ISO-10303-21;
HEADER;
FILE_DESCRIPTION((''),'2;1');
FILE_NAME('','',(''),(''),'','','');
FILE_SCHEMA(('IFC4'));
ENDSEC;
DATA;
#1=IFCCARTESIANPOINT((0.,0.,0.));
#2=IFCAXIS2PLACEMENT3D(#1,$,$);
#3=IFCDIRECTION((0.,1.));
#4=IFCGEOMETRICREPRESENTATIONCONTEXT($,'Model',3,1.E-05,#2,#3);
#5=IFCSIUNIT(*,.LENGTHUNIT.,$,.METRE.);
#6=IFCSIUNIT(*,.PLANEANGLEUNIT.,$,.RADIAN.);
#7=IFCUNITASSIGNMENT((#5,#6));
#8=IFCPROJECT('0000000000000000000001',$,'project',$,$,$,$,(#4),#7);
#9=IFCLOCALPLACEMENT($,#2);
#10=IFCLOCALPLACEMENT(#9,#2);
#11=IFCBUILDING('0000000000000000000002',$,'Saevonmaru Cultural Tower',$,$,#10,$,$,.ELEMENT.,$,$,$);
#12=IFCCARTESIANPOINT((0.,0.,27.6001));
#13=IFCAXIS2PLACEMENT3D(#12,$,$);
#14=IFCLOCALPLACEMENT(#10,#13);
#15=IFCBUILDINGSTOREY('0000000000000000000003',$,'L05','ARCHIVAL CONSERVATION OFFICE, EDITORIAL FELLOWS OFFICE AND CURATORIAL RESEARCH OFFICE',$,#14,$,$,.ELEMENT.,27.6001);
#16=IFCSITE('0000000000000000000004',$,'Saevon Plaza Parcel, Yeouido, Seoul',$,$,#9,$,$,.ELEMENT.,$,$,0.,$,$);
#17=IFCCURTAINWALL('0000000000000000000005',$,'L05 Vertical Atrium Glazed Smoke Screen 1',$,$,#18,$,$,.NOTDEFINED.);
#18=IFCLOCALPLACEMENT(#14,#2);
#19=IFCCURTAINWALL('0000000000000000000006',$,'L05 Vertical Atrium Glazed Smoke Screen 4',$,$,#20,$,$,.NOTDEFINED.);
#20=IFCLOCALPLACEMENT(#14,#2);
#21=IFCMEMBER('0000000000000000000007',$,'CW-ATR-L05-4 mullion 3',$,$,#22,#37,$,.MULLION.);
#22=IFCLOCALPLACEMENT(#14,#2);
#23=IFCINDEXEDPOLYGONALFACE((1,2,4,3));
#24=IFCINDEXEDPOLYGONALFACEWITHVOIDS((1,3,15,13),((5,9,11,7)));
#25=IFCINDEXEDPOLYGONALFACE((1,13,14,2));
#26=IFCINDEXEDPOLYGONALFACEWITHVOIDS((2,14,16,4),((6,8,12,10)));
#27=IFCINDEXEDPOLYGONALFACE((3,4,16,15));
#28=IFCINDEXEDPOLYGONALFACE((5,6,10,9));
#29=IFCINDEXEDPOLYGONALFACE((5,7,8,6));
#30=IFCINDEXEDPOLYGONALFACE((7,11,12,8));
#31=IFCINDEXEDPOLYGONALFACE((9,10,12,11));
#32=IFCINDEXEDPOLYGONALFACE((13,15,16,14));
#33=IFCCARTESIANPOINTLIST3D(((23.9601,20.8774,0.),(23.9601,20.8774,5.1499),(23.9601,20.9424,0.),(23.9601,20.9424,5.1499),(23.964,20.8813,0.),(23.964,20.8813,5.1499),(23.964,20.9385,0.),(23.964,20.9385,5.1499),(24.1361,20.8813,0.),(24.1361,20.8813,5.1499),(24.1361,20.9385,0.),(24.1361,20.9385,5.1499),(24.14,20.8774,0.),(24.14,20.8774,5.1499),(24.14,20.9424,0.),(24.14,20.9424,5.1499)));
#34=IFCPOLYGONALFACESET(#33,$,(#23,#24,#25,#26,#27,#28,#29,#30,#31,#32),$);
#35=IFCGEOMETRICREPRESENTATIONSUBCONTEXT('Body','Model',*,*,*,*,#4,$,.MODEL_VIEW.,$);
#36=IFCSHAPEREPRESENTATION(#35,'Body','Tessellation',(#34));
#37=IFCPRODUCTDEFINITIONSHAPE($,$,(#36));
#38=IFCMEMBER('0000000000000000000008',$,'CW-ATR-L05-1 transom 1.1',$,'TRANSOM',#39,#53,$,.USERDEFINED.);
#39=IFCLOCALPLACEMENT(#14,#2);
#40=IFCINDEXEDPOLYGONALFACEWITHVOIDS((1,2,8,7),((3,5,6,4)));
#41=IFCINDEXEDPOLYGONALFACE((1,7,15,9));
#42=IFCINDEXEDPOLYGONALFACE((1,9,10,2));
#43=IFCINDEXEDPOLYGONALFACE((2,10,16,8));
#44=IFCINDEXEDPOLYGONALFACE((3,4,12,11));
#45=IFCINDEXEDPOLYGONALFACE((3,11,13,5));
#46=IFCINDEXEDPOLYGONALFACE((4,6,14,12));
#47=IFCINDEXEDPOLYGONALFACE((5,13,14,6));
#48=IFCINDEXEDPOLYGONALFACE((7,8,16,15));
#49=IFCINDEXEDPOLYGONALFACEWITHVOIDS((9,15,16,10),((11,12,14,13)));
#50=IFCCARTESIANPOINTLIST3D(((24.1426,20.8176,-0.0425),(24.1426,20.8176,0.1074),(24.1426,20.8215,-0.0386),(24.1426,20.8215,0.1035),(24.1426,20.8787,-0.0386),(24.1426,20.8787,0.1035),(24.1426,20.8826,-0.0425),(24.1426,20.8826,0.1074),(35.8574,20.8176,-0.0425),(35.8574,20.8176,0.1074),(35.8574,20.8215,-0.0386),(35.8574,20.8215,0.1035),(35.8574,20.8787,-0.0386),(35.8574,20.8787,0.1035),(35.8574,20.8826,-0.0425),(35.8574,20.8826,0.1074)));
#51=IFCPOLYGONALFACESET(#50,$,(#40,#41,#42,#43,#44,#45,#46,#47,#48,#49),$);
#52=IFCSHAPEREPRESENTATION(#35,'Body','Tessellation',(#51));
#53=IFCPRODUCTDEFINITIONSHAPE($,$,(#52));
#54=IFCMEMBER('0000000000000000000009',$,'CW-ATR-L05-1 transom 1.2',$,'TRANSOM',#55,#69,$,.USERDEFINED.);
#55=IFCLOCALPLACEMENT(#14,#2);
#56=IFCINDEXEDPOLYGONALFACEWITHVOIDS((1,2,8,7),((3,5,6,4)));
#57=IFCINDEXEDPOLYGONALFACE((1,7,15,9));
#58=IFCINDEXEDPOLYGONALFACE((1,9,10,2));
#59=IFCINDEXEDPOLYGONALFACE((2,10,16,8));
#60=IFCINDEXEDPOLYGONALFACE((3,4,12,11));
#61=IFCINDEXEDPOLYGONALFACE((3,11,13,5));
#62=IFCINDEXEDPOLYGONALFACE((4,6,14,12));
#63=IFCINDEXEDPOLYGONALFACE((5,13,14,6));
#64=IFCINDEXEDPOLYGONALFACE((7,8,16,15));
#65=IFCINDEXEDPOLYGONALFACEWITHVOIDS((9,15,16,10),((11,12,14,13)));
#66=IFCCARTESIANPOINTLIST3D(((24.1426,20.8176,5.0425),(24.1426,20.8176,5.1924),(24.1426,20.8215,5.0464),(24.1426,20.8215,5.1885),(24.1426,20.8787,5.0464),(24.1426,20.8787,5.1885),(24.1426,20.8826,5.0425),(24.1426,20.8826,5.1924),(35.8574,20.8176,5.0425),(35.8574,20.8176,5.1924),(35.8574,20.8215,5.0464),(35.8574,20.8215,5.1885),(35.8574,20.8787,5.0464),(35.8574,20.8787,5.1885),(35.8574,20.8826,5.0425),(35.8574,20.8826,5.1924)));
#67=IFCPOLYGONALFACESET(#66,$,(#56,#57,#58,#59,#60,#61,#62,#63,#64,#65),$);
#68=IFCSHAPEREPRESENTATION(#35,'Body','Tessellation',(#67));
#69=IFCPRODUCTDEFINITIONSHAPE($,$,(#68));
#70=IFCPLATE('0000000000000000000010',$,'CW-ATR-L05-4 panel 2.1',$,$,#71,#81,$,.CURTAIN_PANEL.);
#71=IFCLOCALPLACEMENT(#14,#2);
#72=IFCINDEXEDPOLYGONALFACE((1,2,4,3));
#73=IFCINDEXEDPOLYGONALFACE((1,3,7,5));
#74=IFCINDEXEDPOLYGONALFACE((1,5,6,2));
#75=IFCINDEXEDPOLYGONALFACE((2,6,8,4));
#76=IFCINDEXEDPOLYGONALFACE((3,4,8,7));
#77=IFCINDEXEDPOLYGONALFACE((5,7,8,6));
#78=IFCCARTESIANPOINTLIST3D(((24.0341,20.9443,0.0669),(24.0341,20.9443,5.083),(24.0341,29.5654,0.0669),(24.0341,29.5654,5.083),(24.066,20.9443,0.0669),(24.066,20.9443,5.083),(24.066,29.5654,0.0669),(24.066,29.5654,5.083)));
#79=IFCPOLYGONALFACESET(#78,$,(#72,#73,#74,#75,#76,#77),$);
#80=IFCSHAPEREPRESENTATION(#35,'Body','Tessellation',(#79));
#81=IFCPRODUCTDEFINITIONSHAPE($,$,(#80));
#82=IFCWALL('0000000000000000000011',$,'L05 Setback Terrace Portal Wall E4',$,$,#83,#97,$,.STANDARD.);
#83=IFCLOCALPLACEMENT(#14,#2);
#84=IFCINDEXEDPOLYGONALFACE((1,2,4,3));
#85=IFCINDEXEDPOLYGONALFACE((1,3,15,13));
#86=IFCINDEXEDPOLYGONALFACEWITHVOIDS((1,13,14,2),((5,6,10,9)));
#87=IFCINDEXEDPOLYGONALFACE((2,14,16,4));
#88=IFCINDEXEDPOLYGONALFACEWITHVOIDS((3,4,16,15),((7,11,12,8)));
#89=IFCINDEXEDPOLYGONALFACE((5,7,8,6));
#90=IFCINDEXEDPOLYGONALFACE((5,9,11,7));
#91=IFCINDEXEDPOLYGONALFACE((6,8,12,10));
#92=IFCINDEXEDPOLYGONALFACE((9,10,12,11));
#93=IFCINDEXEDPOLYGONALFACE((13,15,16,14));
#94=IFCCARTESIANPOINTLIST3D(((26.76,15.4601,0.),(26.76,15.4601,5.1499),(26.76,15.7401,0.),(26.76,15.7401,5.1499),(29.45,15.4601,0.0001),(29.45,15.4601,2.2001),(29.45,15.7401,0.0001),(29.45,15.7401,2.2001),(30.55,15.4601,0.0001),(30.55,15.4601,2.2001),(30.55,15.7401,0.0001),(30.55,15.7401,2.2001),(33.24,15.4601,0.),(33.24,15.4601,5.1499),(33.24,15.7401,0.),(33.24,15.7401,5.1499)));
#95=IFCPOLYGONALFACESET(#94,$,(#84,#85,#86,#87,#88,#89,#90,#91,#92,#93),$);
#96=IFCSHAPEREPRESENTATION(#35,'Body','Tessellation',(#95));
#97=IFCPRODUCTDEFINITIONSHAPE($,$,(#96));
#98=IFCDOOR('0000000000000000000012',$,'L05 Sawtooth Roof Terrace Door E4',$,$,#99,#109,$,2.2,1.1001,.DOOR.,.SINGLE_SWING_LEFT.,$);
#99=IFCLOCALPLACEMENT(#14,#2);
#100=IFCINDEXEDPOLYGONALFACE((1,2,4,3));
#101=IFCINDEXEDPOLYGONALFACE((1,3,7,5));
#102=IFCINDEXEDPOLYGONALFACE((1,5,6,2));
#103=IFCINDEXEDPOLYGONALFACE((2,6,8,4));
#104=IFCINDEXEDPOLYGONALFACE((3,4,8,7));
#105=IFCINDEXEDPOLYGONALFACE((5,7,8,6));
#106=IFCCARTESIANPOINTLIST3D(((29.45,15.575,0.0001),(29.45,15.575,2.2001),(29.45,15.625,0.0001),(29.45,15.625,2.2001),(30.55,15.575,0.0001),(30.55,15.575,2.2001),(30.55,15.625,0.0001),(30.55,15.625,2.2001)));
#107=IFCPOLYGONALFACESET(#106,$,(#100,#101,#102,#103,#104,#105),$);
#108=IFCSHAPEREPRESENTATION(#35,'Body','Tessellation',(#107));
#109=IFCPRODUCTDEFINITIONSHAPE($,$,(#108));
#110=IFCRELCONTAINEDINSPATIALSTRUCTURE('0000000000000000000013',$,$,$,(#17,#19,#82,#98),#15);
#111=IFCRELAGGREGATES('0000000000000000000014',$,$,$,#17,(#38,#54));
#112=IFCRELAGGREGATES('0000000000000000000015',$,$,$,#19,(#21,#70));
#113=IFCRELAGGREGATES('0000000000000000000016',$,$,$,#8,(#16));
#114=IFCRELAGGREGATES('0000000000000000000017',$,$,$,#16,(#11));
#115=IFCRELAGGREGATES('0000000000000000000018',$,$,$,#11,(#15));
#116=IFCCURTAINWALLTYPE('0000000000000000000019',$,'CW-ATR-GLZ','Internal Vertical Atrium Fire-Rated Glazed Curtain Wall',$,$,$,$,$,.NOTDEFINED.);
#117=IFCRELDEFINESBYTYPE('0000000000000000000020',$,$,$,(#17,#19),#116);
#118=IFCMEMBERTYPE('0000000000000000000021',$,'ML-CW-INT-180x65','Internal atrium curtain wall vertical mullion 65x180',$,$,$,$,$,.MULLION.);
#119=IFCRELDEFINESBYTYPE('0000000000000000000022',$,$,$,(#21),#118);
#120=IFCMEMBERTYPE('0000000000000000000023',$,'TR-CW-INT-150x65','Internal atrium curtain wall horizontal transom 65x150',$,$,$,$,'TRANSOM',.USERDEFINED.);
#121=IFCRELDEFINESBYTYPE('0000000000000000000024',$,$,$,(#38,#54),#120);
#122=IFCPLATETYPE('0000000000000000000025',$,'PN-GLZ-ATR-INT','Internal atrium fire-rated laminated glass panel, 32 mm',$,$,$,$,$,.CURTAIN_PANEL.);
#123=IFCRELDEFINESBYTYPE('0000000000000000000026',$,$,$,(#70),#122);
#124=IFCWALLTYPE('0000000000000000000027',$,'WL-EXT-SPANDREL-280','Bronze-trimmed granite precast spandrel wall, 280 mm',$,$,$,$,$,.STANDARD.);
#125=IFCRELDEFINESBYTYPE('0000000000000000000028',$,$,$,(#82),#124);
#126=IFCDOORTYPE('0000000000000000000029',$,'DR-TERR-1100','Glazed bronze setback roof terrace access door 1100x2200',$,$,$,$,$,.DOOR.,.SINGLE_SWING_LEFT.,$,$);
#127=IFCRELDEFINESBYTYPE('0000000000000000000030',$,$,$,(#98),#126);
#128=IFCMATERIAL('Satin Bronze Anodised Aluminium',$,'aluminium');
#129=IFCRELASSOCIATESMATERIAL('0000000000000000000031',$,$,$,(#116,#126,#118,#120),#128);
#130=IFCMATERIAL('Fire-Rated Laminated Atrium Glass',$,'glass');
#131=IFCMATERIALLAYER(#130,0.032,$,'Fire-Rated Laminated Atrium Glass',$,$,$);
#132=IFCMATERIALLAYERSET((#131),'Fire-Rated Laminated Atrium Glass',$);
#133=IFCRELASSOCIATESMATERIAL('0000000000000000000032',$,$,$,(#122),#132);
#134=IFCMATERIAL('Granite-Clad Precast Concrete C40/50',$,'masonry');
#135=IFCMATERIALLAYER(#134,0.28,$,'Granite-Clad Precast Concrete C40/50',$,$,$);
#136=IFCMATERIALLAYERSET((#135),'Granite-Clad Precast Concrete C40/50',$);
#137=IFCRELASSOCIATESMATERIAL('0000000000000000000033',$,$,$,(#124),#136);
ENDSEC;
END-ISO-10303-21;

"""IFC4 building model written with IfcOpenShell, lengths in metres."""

from ifc_helpers import new_model, si_unit, direction, frame, frame_2d, origin, origin_2d, place, context, subcontext, project, spatial, rectangle, hollow_rectangle, extrude, material, layer, layer_set, material_profile, profile_set, type_object, element, fill, aggregate, save


model = new_model("IFC4")

# Units and contexts
model_context = context("Model", 3, precision=1e-05, world=origin(), true_north=direction((0.0, 1.0)))
body_context = subcontext(model_context, "Body", "Model", "MODEL_VIEW")
ifc_project = project(units=[si_unit("LENGTHUNIT", "METRE"), si_unit("PLANEANGLEUNIT", "RADIAN")], contexts=[model_context])

# Site, building, storey
site_placement = place(None, origin())
site = spatial("IfcSite", under=ifc_project, at=site_placement, Name="Saevon Plaza Parcel, Yeouido, Seoul", CompositionType="ELEMENT", RefElevation=0.0)
building_placement = place(site_placement, origin())
building = spatial("IfcBuilding", under=site, at=building_placement, Name="Saevonmaru Cultural Tower", CompositionType="ELEMENT")
storey_placement = place(building_placement, frame((0.0, 0.0, 27.6001)))
storey = spatial("IfcBuildingStorey", under=building, at=storey_placement, Name="L05", Description="ARCHIVAL CONSERVATION OFFICE, EDITORIAL FELLOWS OFFICE AND CURATORIAL RESEARCH OFFICE", CompositionType="ELEMENT", Elevation=27.6001)

# Curtain walls, member
ifc_material_1 = material(Name="Satin Bronze Anodised Aluminium", Category="aluminium")
curtain_wall_type = type_object("IfcCurtainWallType", Name="CW-ATR-GLZ", Description="Internal Vertical Atrium Fire-Rated Glazed Curtain Wall", PredefinedType="NOTDEFINED", material=ifc_material_1)
curtain_wall_1_placement = place(storey_placement, origin())
curtain_wall_1 = element("IfcCurtainWall", 1, at=curtain_wall_1_placement, inside=storey, type_object=curtain_wall_type, Name="L05 Vertical Atrium Glazed Smoke Screen 1", PredefinedType="NOTDEFINED")
ifc_material_profile_1 = material_profile(ifc_material_1, hollow_rectangle(XDim=0.0649, YDim=0.1799, WallThickness=0.0039, at=origin_2d()), Name="ALU-MULL-180x65x4")
ifc_profile_set_1 = profile_set([ifc_material_profile_1], Name="Satin Bronze Anodised Aluminium")
member_type_1 = type_object("IfcMemberType", Name="ML-CW-INT-180x65", Description="Internal atrium curtain wall vertical mullion 65x180", PredefinedType="MULLION", material=ifc_profile_set_1)
curtain_wall_2_placement = place(storey_placement, origin())
curtain_wall_2 = element("IfcCurtainWall", 2, at=curtain_wall_2_placement, inside=storey, type_object=curtain_wall_type, Name="L05 Vertical Atrium Glazed Smoke Screen 4", PredefinedType="NOTDEFINED")
member_1_placement = place(storey_placement, frame((24.05, 20.9099, 0.0), z_axis=(0.0, 0.0, 1.0), x_axis=(0.0, -1.0, 0.0)))
member_1 = element("IfcMember", 3, at=member_1_placement, type_object=member_type_1, Name="CW-ATR-L05-4 mullion 3", PredefinedType="MULLION", context=body_context, shape_type="SweptSolid", body=[
    extrude(hollow_rectangle(XDim=0.0649, YDim=0.1799, WallThickness=0.0039, at=origin_2d()), origin(), (0.0, 0.0, 1.0), 5.1499),
])

# Members
ifc_material_profile_2 = material_profile(ifc_material_1, hollow_rectangle(XDim=0.0649, YDim=0.1499, WallThickness=0.0039, at=origin_2d()), Name="ALU-TRAN-150x65x4")
ifc_profile_set_2 = profile_set([ifc_material_profile_2], Name="Satin Bronze Anodised Aluminium")
member_type_2 = type_object("IfcMemberType", Name="TR-CW-INT-150x65", Description="Internal atrium curtain wall horizontal transom 65x150", ElementType="TRANSOM", PredefinedType="USERDEFINED", material=ifc_profile_set_2)
member_2_placement = place(storey_placement, frame((24.1426, 20.8501, 0.0325), z_axis=(1.0, 0.0, 0.0), x_axis=(0.0, 1.0, 0.0)))
member_2 = element("IfcMember", 4, at=member_2_placement, type_object=member_type_2, Name="CW-ATR-L05-1 transom 1.1", ObjectType="TRANSOM", PredefinedType="USERDEFINED", context=body_context, shape_type="SweptSolid", body=[
    extrude(hollow_rectangle(XDim=0.0649, YDim=0.1499, WallThickness=0.0039, at=origin_2d()), origin(), (0.0, 0.0, 1.0), 11.7148),
])
member_3_placement = place(storey_placement, frame((24.1426, 20.8501, 5.1174), z_axis=(1.0, 0.0, 0.0), x_axis=(0.0, 1.0, 0.0)))
member_3 = element("IfcMember", 5, at=member_3_placement, type_object=member_type_2, Name="CW-ATR-L05-1 transom 1.2", ObjectType="TRANSOM", PredefinedType="USERDEFINED", context=body_context, shape_type="SweptSolid", body=[
    extrude(hollow_rectangle(XDim=0.0649, YDim=0.1499, WallThickness=0.0039, at=origin_2d()), origin(), (0.0, 0.0, 1.0), 11.7148),
])
aggregate(curtain_wall_1, [member_2, member_3])

# Plate
ifc_material_2 = material(Name="Fire-Rated Laminated Atrium Glass", Category="glass")
ifc_layer_1 = layer(ifc_material_2, 0.032, Name="Fire-Rated Laminated Atrium Glass")
ifc_layer_set_1 = layer_set([ifc_layer_1], Name="Fire-Rated Laminated Atrium Glass")
plate_type = type_object("IfcPlateType", Name="PN-GLZ-ATR-INT", Description="Internal atrium fire-rated laminated glass panel, 32 mm", PredefinedType="CURTAIN_PANEL", material=ifc_layer_set_1)
plate_placement = place(storey_placement, frame((24.05, 25.2549, 0.0669), z_axis=(0.0, 0.0, 1.0), x_axis=(0.0, -1.0, 0.0)))
plate = element("IfcPlate", 6, at=plate_placement, type_object=plate_type, Name="CW-ATR-L05-4 panel 2.1", PredefinedType="CURTAIN_PANEL", context=body_context, shape_type="SweptSolid", body=[
    extrude(rectangle(XDim=8.6211, YDim=0.032, at=origin_2d()), origin(), (0.0, 0.0, 1.0), 5.0161),
])
aggregate(curtain_wall_2, [member_1, plate])

# Wall, opening, door
ifc_material_3 = material(Name="Granite-Clad Precast Concrete C40/50", Category="masonry")
ifc_layer_2 = layer(ifc_material_3, 0.28, Name="Granite-Clad Precast Concrete C40/50")
ifc_layer_set_2 = layer_set([ifc_layer_2], Name="Granite-Clad Precast Concrete C40/50")
wall_type = type_object("IfcWallType", Name="WL-EXT-SPANDREL-280", Description="Bronze-trimmed granite precast spandrel wall, 280 mm", PredefinedType="STANDARD", material=ifc_layer_set_2)
wall_placement = place(storey_placement, frame((26.76, 15.6001, 0.0), z_axis=(0.0, 0.0, 1.0), x_axis=(1.0, 0.0, 0.0)))
wall = element("IfcWall", 7, at=wall_placement, inside=storey, type_object=wall_type, Name="L05 Setback Terrace Portal Wall E4", PredefinedType="STANDARD", context=body_context, shape_type="SweptSolid", body=[
    extrude(rectangle(XDim=6.48, YDim=0.28, at=frame_2d((3.24, 0.0))), origin(), (0.0, 0.0, 1.0), 5.1499),
])
opening_placement = place(wall_placement, frame((2.6899, 0.0, 0.0)))
opening = element("IfcOpeningElement", 8, at=opening_placement, cuts=wall, PredefinedType="OPENING", context=body_context, shape_type="SweptSolid", body=[
    extrude(rectangle(XDim=1.1001, YDim=2.2, at=frame_2d((0.55, 1.1001))), frame((0.0, 0.1499, 0.0), z_axis=(0.0, -1.0, 0.0), x_axis=(1.0, 0.0, 0.0)), (0.0, 0.0, 1.0), 0.3),
])
door_type = type_object("IfcDoorType", Name="DR-TERR-1100", Description="Glazed bronze setback roof terrace access door 1100x2200", OperationType="SINGLE_SWING_LEFT", PredefinedType="DOOR", material=ifc_material_1)
door_placement = place(opening_placement, origin())
door = element("IfcDoor", 9, at=door_placement, inside=storey, type_object=door_type, Name="L05 Sawtooth Roof Terrace Door E4", OperationType="SINGLE_SWING_LEFT", OverallHeight=2.2, OverallWidth=1.1001, PredefinedType="DOOR", context=body_context, shape_type="SweptSolid", body=[
    extrude(rectangle(XDim=1.1001, YDim=2.2, at=frame_2d((0.55, 1.1001))), frame((0.0, 0.0249, 0.0), z_axis=(0.0, -1.0, 0.0), x_axis=(1.0, 0.0, 0.0)), (0.0, 0.0, 1.0), 0.05),
])
fill(opening, door)

save(model, "model.ifc")
